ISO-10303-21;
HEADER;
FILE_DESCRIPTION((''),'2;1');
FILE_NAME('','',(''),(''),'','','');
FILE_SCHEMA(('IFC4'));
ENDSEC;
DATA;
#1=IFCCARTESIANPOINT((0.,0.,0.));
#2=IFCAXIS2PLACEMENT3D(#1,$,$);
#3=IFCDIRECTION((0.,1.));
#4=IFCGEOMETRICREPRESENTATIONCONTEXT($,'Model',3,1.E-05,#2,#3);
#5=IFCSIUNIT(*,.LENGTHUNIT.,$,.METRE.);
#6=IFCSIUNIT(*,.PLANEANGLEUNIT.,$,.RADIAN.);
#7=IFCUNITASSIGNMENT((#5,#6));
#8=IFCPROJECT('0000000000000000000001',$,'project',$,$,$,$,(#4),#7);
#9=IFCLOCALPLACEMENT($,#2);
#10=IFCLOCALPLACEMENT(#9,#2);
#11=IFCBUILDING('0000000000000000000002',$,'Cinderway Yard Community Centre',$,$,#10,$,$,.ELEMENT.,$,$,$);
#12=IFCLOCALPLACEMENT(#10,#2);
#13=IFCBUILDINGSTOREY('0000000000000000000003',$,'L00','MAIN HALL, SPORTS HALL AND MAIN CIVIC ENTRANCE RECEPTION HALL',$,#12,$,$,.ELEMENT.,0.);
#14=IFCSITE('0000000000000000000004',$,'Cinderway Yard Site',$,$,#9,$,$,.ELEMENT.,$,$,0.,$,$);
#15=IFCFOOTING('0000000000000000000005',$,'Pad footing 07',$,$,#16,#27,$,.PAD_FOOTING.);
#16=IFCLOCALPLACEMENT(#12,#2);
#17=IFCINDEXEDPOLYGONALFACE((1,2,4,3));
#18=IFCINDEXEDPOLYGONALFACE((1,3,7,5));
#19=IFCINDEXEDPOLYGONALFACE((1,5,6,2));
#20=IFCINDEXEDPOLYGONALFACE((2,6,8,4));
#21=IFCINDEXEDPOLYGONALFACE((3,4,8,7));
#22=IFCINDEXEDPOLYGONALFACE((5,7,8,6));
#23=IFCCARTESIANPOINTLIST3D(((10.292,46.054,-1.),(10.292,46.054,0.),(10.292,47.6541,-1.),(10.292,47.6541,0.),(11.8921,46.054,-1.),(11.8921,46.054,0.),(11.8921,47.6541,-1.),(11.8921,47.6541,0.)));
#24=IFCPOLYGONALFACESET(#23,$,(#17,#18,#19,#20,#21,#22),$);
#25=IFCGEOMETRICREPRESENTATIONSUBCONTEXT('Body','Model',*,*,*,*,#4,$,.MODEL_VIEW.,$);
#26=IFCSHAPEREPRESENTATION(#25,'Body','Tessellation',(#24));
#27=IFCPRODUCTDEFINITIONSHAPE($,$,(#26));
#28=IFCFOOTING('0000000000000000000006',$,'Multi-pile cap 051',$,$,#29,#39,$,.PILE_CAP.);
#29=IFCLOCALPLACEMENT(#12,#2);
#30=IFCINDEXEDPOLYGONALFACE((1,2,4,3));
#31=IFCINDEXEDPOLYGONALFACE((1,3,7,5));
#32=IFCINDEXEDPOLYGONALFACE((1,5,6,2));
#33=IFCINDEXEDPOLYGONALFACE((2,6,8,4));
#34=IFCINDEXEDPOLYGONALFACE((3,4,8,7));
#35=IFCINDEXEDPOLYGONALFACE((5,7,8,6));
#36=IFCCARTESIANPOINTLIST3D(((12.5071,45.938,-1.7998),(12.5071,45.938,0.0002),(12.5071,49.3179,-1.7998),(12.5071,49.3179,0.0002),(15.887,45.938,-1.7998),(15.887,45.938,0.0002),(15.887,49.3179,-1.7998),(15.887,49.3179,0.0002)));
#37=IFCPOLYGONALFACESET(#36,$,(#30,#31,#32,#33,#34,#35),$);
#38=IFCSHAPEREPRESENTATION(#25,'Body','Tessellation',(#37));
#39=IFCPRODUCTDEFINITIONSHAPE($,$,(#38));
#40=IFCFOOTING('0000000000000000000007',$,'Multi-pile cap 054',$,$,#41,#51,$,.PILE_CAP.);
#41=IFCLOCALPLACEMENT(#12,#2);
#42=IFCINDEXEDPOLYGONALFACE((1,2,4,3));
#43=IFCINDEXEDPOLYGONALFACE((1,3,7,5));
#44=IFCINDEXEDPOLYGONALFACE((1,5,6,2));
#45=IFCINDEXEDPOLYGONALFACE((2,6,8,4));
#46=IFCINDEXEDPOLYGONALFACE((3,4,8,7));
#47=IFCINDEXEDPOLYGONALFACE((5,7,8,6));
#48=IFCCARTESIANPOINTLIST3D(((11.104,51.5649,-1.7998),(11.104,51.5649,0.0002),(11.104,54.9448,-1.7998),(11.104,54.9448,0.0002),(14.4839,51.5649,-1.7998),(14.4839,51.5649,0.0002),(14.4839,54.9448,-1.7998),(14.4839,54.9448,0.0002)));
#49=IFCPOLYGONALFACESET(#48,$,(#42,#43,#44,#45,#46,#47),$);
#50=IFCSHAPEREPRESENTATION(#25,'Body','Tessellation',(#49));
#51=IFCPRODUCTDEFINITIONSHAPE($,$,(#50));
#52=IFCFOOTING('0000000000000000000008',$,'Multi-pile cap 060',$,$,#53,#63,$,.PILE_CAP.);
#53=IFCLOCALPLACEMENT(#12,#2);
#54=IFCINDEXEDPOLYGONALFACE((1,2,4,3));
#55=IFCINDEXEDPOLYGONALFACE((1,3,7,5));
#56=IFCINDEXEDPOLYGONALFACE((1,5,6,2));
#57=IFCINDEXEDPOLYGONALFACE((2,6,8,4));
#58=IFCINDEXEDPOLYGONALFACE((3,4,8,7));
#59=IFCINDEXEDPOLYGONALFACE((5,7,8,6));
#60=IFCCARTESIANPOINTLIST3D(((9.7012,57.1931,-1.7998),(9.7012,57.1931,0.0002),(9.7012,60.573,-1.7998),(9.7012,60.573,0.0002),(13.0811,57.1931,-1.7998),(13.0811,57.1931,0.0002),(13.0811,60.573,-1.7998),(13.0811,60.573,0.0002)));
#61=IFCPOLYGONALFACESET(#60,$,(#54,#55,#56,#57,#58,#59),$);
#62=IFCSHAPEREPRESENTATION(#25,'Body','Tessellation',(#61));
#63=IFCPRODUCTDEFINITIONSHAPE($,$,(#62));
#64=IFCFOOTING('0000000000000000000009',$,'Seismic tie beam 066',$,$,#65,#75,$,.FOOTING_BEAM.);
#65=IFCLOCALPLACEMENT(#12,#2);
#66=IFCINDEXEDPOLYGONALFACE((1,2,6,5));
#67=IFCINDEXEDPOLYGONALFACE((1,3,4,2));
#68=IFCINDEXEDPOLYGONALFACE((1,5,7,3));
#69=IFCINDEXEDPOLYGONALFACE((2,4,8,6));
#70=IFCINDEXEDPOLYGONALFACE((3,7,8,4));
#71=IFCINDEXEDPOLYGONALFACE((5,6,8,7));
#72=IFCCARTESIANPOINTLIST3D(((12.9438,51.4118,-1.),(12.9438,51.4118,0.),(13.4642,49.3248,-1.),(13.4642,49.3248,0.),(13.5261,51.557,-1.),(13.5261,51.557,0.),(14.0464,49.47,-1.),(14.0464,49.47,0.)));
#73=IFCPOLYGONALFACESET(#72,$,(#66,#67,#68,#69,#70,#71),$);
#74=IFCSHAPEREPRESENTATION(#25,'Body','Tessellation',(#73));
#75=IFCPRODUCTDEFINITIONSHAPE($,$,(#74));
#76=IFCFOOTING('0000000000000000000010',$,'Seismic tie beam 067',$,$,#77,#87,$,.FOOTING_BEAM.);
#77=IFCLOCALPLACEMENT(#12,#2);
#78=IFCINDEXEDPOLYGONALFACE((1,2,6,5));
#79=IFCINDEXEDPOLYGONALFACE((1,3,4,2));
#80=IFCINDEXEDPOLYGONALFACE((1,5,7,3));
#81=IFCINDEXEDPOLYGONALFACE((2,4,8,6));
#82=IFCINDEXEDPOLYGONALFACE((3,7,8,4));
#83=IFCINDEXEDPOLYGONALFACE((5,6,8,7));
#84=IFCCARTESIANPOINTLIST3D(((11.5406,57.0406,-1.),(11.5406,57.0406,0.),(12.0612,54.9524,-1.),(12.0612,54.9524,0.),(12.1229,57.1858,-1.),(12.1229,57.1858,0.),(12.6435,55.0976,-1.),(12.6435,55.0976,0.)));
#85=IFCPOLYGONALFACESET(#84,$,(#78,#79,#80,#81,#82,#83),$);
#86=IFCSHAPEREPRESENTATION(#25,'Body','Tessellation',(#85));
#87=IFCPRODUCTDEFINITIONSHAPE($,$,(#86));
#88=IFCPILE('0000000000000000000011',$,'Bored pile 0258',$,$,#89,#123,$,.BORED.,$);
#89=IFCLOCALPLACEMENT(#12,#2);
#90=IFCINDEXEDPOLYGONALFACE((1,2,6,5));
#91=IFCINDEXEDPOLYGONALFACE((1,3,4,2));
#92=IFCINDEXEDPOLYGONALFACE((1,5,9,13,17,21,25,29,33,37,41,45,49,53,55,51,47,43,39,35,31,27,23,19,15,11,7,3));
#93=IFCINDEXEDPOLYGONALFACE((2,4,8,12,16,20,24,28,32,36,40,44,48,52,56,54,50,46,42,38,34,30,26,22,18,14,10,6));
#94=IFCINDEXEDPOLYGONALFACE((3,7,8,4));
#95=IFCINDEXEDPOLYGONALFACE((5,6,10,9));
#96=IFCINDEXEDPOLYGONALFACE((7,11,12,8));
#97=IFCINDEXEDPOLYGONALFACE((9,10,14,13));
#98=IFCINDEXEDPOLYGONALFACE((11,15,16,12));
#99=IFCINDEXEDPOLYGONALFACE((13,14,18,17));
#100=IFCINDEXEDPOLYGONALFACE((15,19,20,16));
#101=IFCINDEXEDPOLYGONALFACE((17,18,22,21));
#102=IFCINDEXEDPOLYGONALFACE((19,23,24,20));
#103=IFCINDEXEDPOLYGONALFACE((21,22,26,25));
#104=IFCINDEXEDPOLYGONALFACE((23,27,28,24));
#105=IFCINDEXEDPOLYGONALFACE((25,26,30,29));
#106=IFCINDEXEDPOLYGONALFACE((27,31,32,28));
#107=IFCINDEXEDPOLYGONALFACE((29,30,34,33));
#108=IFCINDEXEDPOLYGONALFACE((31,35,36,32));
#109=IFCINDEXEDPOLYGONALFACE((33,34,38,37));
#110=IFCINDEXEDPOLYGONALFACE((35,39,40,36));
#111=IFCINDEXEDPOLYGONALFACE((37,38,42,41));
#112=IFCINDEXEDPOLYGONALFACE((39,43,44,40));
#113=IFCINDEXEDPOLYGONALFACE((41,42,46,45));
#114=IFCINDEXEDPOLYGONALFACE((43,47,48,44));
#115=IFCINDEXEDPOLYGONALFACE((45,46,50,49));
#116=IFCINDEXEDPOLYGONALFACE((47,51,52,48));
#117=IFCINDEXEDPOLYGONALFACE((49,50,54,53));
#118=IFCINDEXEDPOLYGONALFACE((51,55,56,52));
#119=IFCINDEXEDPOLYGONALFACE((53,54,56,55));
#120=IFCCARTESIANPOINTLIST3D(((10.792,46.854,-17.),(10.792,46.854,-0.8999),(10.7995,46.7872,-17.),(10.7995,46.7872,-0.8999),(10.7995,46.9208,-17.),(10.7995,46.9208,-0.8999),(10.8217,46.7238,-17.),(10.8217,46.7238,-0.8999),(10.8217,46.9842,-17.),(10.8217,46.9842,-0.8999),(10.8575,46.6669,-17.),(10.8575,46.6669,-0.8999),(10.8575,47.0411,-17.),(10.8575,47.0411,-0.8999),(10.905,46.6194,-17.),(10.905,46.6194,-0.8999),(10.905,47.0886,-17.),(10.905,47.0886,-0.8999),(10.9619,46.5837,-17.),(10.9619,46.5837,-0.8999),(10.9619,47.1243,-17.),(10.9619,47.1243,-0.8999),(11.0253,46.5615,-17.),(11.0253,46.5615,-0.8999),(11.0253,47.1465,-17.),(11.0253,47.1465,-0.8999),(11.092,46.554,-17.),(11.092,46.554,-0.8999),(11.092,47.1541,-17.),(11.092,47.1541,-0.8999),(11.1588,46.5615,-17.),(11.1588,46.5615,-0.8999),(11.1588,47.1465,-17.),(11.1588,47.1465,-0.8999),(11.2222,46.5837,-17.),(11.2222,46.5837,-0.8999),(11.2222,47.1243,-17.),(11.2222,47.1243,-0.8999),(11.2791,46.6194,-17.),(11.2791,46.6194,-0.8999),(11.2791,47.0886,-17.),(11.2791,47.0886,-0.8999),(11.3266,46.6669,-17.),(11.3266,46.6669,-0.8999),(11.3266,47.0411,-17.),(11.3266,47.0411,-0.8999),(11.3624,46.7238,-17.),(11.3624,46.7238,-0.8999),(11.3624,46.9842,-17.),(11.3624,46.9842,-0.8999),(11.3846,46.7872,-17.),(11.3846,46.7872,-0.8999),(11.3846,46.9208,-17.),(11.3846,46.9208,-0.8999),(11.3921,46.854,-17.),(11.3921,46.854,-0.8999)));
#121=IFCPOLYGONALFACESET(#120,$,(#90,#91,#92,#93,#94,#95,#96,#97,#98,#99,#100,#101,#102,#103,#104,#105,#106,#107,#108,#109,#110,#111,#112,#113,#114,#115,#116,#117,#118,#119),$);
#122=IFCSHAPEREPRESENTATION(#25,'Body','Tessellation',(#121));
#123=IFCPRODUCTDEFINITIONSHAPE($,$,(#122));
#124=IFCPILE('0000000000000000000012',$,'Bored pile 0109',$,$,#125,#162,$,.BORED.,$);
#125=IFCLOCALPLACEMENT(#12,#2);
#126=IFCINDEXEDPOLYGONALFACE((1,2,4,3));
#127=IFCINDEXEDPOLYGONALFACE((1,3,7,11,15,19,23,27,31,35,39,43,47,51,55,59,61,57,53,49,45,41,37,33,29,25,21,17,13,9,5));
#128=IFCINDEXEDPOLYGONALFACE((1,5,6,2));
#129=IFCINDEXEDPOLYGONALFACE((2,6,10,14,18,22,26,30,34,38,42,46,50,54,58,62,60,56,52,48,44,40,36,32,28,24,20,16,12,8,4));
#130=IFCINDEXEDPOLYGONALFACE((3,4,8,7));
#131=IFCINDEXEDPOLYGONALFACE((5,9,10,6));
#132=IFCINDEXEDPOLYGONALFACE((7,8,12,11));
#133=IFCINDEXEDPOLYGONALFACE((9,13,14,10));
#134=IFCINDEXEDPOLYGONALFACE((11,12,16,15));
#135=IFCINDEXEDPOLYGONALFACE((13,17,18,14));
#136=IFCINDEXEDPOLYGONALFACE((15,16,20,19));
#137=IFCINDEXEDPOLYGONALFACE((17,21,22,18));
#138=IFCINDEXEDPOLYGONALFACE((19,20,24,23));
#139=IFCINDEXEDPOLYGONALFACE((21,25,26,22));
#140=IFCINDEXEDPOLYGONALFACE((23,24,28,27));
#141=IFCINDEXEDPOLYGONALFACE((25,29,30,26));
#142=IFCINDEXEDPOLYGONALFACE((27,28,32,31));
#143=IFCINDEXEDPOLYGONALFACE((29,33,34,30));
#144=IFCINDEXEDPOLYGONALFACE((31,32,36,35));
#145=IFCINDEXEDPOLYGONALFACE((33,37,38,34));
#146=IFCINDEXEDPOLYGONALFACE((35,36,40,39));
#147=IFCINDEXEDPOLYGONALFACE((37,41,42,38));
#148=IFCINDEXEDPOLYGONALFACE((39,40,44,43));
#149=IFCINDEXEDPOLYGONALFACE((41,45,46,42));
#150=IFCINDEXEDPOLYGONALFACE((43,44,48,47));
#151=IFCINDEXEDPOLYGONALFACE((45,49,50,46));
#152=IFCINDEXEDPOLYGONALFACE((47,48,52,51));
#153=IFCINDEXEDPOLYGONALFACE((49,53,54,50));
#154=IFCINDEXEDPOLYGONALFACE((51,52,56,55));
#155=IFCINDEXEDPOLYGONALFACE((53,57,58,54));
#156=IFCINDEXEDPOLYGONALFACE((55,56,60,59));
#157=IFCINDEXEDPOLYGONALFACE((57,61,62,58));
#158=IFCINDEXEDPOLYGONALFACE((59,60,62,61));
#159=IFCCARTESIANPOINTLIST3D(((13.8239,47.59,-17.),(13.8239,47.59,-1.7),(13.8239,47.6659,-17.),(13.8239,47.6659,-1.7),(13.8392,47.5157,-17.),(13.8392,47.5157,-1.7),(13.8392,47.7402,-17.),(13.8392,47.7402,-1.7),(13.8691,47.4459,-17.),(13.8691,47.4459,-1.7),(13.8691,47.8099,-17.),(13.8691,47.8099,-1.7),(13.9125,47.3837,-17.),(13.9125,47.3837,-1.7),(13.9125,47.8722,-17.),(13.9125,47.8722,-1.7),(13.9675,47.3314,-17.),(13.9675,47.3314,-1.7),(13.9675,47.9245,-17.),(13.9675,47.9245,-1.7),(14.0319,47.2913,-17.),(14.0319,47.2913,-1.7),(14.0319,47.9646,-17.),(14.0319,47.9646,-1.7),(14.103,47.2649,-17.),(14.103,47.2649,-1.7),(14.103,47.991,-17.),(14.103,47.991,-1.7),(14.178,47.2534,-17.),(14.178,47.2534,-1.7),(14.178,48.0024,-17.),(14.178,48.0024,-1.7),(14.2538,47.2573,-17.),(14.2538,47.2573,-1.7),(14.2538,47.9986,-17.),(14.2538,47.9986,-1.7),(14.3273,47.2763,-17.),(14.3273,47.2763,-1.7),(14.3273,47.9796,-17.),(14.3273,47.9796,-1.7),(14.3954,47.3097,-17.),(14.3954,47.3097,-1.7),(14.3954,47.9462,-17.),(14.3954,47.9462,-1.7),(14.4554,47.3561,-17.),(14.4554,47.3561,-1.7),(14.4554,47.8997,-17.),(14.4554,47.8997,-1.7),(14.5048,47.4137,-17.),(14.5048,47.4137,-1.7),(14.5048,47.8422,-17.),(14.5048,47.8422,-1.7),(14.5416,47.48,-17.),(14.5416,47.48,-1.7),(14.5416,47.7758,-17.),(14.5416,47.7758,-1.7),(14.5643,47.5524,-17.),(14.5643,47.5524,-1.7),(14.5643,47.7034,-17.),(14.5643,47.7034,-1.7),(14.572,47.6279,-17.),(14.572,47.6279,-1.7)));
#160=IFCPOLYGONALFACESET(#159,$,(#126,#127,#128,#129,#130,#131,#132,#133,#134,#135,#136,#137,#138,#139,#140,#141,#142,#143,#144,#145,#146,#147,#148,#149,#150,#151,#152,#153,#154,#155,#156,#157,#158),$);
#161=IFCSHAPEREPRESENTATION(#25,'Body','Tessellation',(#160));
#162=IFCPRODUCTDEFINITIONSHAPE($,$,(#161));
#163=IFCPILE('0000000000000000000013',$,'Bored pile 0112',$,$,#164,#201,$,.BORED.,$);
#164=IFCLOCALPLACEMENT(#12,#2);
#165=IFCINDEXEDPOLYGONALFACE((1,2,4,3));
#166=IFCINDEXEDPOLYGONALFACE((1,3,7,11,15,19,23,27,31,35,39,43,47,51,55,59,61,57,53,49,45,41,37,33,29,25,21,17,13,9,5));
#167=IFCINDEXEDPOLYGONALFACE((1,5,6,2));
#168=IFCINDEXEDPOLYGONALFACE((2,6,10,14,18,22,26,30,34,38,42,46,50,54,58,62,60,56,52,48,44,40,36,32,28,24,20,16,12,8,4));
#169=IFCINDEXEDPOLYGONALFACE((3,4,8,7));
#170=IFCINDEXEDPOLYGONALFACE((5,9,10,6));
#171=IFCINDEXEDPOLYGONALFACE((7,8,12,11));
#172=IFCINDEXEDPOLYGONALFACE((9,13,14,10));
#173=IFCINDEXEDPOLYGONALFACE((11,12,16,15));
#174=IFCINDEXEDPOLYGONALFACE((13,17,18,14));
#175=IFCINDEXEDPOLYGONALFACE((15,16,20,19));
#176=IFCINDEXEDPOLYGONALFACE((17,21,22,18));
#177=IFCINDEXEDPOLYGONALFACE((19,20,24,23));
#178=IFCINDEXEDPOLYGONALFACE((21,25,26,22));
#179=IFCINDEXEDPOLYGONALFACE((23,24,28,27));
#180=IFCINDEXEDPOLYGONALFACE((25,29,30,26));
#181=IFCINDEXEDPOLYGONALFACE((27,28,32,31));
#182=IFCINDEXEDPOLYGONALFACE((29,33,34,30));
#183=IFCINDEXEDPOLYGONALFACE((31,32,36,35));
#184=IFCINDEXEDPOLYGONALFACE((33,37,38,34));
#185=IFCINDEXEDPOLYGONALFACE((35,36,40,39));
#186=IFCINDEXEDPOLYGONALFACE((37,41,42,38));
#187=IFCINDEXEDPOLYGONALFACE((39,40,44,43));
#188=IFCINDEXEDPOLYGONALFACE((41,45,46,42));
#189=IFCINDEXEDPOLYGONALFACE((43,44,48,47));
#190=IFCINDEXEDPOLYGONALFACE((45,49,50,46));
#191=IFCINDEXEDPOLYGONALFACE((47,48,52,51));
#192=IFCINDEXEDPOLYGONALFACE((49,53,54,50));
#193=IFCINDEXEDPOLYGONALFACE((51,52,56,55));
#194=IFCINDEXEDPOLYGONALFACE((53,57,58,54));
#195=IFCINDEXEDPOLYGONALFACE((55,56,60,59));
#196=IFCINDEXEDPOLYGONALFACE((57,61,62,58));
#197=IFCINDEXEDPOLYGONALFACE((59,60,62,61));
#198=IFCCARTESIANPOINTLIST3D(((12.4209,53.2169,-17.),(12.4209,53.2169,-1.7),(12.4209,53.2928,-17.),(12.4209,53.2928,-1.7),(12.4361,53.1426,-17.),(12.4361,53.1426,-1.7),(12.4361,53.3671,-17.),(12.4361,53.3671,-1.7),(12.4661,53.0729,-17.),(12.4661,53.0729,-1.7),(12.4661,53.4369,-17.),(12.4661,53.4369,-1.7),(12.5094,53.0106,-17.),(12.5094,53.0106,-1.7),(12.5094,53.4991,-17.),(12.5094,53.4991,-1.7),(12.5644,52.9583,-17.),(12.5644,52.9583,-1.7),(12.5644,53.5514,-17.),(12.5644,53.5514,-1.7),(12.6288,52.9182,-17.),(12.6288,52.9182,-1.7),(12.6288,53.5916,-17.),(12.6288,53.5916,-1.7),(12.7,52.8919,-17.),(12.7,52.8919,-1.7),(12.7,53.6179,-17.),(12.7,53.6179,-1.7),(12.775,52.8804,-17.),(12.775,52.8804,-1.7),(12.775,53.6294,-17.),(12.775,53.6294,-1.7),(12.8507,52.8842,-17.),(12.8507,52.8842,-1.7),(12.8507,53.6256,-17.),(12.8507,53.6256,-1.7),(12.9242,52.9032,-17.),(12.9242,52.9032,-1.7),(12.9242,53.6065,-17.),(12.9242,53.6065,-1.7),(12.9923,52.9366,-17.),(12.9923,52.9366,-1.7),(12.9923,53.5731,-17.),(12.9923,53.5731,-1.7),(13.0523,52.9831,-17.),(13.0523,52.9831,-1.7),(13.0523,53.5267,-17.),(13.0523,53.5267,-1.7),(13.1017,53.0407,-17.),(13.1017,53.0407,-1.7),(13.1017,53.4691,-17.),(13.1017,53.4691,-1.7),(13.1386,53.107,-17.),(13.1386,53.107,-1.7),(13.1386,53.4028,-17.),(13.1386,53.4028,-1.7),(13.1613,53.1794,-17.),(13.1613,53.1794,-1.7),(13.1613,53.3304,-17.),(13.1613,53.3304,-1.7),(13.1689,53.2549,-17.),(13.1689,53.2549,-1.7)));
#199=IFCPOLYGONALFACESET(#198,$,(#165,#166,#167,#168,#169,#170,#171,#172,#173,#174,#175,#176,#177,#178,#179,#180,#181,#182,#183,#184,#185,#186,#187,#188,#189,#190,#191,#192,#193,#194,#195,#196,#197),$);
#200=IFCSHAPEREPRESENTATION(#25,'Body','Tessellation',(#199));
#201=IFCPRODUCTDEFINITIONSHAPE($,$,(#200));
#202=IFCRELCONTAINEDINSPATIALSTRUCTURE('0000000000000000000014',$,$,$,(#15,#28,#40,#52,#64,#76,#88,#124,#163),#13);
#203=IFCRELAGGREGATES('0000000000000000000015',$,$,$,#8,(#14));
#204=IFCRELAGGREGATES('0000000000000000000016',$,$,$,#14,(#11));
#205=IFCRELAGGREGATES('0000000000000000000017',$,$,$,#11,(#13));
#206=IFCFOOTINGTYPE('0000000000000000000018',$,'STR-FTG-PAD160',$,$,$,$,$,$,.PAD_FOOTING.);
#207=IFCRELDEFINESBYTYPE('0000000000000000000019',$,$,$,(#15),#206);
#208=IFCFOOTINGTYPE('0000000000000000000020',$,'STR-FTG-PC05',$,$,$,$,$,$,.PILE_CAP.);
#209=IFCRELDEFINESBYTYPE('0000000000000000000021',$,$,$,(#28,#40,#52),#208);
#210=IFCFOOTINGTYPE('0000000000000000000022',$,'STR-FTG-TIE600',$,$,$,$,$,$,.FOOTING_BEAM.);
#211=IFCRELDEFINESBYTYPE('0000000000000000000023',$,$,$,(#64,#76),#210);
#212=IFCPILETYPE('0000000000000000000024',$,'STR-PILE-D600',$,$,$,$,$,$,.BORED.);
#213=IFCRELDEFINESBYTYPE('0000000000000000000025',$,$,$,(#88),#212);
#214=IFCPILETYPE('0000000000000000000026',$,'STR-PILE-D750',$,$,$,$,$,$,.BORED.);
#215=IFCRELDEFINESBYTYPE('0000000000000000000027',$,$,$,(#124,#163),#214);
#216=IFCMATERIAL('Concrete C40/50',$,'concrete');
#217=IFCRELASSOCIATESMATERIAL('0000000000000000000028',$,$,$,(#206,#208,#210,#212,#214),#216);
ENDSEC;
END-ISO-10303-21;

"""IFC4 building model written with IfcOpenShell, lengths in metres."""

from ifc_helpers import new_model, si_unit, direction, frame, origin, origin_2d, place, context, subcontext, project, spatial, rectangle, circle, extrude, material, material_profile, profile_set, type_object, element, save


model = new_model("IFC4")

# Units and contexts
model_context = context("Model", 3, precision=1e-05, world=origin(), true_north=direction((0.0, 1.0)))
body_context = subcontext(model_context, "Body", "Model", "MODEL_VIEW")
ifc_project = project(units=[si_unit("LENGTHUNIT", "METRE"), si_unit("PLANEANGLEUNIT", "RADIAN")], contexts=[model_context])

# Site, building, storey
site_placement = place(None, origin())
site = spatial("IfcSite", under=ifc_project, at=site_placement, Name="Cinderway Yard Site", CompositionType="ELEMENT", RefElevation=0.0)
building_placement = place(site_placement, origin())
building = spatial("IfcBuilding", under=site, at=building_placement, Name="Cinderway Yard Community Centre", CompositionType="ELEMENT")
storey_placement = place(building_placement, origin())
storey = spatial("IfcBuildingStorey", under=building, at=storey_placement, Name="L00", Description="MAIN HALL, SPORTS HALL AND MAIN CIVIC ENTRANCE RECEPTION HALL", CompositionType="ELEMENT", Elevation=0.0)

# Footings
ifc_material_1 = material(Name="Concrete C40/50", Category="concrete")
footing_type_1 = type_object("IfcFootingType", Name="STR-FTG-PAD160", PredefinedType="PAD_FOOTING", material=ifc_material_1)
footing_1_placement = place(storey_placement, frame((11.092, 46.854, -1.0), z_axis=(0.0, 0.0, 1.0), x_axis=(1.0, 0.0, 0.0)))
element("IfcFooting", 1, at=footing_1_placement, inside=storey, type_object=footing_type_1, Name="Pad footing 07", PredefinedType="PAD_FOOTING", context=body_context, shape_type="SweptSolid", body=[
    extrude(rectangle(XDim=1.6001, YDim=1.6001, at=origin_2d()), origin(), (0.0, 0.0, 1.0), 1.0),
])
footing_type_2 = type_object("IfcFootingType", Name="STR-FTG-PC05", PredefinedType="PILE_CAP", material=ifc_material_1)
for number, where, z_axis, x_axis, name in (
    (2, (14.197, 47.6279, -1.7998), (0.0, 0.0, 1.0), (1.0, 0.0, 0.0), "Multi-pile cap 051"),
    (3, (12.7939, 53.2549, -1.7998), (0.0, 0.0, 1.0), (1.0, 0.0, 0.0), "Multi-pile cap 054"),
    (4, (11.3911, 58.8831, -1.7998), (0.0, 0.0, 1.0), (1.0, 0.0, 0.0), "Multi-pile cap 060"),
):
    element("IfcFooting", number, at=place(storey_placement, frame(where, z_axis=z_axis, x_axis=x_axis)), inside=storey, type_object=footing_type_2, Name=name, PredefinedType="PILE_CAP", context=body_context, shape_type="SweptSolid", body=[
        extrude(rectangle(XDim=3.3799, YDim=3.3799, at=origin_2d()), origin(), (0.0, 0.0, 1.0), 1.8),
    ])
footing_type_3 = type_object("IfcFootingType", Name="STR-FTG-TIE600", PredefinedType="FOOTING_BEAM", material=ifc_material_1)
footing_2_placement = place(storey_placement, frame((13.4951, 50.4409, -1.0), z_axis=(0.0, 0.0, 1.0), x_axis=(-0.241922, 0.970296, 0.0)))
element("IfcFooting", 5, at=footing_2_placement, inside=storey, type_object=footing_type_3, Name="Seismic tie beam 066", PredefinedType="FOOTING_BEAM", context=body_context, shape_type="SweptSolid", body=[
    extrude(rectangle(XDim=2.1509, YDim=0.6001, at=origin_2d()), origin(), (0.0, 0.0, 1.0), 1.0),
])
footing_3_placement = place(storey_placement, frame((12.092, 56.0691, -1.0), z_axis=(0.0, 0.0, 1.0), x_axis=(-0.241922, 0.970296, 0.0)))
element("IfcFooting", 6, at=footing_3_placement, inside=storey, type_object=footing_type_3, Name="Seismic tie beam 067", PredefinedType="FOOTING_BEAM", context=body_context, shape_type="SweptSolid", body=[
    extrude(rectangle(XDim=2.1521, YDim=0.6001, at=origin_2d()), origin(), (0.0, 0.0, 1.0), 1.0),
])

# Piles
ifc_material_profile_1 = material_profile(ifc_material_1, circle(Radius=0.3, at=origin_2d()), Name="Concrete C40/50")
ifc_profile_set_1 = profile_set([ifc_material_profile_1], Name="Concrete C40/50")
pile_type_1 = type_object("IfcPileType", Name="STR-PILE-D600", PredefinedType="BORED", material=ifc_profile_set_1)
pile_placement = place(storey_placement, frame((11.092, 46.854, -0.8999), z_axis=(0.0, 0.0, -1.0), x_axis=(1.0, 0.0, 0.0)))
element("IfcPile", 7, at=pile_placement, inside=storey, type_object=pile_type_1, Name="Bored pile 0258", PredefinedType="BORED", context=body_context, shape_type="SweptSolid", body=[
    extrude(circle(Radius=0.3, at=origin_2d()), origin(), (0.0, 0.0, 1.0), 16.1001),
])
ifc_material_profile_2 = material_profile(ifc_material_1, circle(Radius=0.375, at=origin_2d()), Name="Concrete C40/50")
ifc_profile_set_2 = profile_set([ifc_material_profile_2], Name="Concrete C40/50")
pile_type_2 = type_object("IfcPileType", Name="STR-PILE-D750", PredefinedType="BORED", material=ifc_profile_set_2)
for number, where, z_axis, x_axis, name in (
    (8, (14.197, 47.6279, -1.7), (0.0, 0.0, -1.0), (1.0, 0.0, 0.0), "Bored pile 0109"),
    (9, (12.7939, 53.2549, -1.7), (0.0, 0.0, -1.0), (1.0, 0.0, 0.0), "Bored pile 0112"),
):
    element("IfcPile", number, at=place(storey_placement, frame(where, z_axis=z_axis, x_axis=x_axis)), inside=storey, type_object=pile_type_2, Name=name, PredefinedType="BORED", context=body_context, shape_type="SweptSolid", body=[
        extrude(circle(Radius=0.375, at=origin_2d()), origin(), (0.0, 0.0, 1.0), 15.3),
    ])

save(model, "model.ifc")
